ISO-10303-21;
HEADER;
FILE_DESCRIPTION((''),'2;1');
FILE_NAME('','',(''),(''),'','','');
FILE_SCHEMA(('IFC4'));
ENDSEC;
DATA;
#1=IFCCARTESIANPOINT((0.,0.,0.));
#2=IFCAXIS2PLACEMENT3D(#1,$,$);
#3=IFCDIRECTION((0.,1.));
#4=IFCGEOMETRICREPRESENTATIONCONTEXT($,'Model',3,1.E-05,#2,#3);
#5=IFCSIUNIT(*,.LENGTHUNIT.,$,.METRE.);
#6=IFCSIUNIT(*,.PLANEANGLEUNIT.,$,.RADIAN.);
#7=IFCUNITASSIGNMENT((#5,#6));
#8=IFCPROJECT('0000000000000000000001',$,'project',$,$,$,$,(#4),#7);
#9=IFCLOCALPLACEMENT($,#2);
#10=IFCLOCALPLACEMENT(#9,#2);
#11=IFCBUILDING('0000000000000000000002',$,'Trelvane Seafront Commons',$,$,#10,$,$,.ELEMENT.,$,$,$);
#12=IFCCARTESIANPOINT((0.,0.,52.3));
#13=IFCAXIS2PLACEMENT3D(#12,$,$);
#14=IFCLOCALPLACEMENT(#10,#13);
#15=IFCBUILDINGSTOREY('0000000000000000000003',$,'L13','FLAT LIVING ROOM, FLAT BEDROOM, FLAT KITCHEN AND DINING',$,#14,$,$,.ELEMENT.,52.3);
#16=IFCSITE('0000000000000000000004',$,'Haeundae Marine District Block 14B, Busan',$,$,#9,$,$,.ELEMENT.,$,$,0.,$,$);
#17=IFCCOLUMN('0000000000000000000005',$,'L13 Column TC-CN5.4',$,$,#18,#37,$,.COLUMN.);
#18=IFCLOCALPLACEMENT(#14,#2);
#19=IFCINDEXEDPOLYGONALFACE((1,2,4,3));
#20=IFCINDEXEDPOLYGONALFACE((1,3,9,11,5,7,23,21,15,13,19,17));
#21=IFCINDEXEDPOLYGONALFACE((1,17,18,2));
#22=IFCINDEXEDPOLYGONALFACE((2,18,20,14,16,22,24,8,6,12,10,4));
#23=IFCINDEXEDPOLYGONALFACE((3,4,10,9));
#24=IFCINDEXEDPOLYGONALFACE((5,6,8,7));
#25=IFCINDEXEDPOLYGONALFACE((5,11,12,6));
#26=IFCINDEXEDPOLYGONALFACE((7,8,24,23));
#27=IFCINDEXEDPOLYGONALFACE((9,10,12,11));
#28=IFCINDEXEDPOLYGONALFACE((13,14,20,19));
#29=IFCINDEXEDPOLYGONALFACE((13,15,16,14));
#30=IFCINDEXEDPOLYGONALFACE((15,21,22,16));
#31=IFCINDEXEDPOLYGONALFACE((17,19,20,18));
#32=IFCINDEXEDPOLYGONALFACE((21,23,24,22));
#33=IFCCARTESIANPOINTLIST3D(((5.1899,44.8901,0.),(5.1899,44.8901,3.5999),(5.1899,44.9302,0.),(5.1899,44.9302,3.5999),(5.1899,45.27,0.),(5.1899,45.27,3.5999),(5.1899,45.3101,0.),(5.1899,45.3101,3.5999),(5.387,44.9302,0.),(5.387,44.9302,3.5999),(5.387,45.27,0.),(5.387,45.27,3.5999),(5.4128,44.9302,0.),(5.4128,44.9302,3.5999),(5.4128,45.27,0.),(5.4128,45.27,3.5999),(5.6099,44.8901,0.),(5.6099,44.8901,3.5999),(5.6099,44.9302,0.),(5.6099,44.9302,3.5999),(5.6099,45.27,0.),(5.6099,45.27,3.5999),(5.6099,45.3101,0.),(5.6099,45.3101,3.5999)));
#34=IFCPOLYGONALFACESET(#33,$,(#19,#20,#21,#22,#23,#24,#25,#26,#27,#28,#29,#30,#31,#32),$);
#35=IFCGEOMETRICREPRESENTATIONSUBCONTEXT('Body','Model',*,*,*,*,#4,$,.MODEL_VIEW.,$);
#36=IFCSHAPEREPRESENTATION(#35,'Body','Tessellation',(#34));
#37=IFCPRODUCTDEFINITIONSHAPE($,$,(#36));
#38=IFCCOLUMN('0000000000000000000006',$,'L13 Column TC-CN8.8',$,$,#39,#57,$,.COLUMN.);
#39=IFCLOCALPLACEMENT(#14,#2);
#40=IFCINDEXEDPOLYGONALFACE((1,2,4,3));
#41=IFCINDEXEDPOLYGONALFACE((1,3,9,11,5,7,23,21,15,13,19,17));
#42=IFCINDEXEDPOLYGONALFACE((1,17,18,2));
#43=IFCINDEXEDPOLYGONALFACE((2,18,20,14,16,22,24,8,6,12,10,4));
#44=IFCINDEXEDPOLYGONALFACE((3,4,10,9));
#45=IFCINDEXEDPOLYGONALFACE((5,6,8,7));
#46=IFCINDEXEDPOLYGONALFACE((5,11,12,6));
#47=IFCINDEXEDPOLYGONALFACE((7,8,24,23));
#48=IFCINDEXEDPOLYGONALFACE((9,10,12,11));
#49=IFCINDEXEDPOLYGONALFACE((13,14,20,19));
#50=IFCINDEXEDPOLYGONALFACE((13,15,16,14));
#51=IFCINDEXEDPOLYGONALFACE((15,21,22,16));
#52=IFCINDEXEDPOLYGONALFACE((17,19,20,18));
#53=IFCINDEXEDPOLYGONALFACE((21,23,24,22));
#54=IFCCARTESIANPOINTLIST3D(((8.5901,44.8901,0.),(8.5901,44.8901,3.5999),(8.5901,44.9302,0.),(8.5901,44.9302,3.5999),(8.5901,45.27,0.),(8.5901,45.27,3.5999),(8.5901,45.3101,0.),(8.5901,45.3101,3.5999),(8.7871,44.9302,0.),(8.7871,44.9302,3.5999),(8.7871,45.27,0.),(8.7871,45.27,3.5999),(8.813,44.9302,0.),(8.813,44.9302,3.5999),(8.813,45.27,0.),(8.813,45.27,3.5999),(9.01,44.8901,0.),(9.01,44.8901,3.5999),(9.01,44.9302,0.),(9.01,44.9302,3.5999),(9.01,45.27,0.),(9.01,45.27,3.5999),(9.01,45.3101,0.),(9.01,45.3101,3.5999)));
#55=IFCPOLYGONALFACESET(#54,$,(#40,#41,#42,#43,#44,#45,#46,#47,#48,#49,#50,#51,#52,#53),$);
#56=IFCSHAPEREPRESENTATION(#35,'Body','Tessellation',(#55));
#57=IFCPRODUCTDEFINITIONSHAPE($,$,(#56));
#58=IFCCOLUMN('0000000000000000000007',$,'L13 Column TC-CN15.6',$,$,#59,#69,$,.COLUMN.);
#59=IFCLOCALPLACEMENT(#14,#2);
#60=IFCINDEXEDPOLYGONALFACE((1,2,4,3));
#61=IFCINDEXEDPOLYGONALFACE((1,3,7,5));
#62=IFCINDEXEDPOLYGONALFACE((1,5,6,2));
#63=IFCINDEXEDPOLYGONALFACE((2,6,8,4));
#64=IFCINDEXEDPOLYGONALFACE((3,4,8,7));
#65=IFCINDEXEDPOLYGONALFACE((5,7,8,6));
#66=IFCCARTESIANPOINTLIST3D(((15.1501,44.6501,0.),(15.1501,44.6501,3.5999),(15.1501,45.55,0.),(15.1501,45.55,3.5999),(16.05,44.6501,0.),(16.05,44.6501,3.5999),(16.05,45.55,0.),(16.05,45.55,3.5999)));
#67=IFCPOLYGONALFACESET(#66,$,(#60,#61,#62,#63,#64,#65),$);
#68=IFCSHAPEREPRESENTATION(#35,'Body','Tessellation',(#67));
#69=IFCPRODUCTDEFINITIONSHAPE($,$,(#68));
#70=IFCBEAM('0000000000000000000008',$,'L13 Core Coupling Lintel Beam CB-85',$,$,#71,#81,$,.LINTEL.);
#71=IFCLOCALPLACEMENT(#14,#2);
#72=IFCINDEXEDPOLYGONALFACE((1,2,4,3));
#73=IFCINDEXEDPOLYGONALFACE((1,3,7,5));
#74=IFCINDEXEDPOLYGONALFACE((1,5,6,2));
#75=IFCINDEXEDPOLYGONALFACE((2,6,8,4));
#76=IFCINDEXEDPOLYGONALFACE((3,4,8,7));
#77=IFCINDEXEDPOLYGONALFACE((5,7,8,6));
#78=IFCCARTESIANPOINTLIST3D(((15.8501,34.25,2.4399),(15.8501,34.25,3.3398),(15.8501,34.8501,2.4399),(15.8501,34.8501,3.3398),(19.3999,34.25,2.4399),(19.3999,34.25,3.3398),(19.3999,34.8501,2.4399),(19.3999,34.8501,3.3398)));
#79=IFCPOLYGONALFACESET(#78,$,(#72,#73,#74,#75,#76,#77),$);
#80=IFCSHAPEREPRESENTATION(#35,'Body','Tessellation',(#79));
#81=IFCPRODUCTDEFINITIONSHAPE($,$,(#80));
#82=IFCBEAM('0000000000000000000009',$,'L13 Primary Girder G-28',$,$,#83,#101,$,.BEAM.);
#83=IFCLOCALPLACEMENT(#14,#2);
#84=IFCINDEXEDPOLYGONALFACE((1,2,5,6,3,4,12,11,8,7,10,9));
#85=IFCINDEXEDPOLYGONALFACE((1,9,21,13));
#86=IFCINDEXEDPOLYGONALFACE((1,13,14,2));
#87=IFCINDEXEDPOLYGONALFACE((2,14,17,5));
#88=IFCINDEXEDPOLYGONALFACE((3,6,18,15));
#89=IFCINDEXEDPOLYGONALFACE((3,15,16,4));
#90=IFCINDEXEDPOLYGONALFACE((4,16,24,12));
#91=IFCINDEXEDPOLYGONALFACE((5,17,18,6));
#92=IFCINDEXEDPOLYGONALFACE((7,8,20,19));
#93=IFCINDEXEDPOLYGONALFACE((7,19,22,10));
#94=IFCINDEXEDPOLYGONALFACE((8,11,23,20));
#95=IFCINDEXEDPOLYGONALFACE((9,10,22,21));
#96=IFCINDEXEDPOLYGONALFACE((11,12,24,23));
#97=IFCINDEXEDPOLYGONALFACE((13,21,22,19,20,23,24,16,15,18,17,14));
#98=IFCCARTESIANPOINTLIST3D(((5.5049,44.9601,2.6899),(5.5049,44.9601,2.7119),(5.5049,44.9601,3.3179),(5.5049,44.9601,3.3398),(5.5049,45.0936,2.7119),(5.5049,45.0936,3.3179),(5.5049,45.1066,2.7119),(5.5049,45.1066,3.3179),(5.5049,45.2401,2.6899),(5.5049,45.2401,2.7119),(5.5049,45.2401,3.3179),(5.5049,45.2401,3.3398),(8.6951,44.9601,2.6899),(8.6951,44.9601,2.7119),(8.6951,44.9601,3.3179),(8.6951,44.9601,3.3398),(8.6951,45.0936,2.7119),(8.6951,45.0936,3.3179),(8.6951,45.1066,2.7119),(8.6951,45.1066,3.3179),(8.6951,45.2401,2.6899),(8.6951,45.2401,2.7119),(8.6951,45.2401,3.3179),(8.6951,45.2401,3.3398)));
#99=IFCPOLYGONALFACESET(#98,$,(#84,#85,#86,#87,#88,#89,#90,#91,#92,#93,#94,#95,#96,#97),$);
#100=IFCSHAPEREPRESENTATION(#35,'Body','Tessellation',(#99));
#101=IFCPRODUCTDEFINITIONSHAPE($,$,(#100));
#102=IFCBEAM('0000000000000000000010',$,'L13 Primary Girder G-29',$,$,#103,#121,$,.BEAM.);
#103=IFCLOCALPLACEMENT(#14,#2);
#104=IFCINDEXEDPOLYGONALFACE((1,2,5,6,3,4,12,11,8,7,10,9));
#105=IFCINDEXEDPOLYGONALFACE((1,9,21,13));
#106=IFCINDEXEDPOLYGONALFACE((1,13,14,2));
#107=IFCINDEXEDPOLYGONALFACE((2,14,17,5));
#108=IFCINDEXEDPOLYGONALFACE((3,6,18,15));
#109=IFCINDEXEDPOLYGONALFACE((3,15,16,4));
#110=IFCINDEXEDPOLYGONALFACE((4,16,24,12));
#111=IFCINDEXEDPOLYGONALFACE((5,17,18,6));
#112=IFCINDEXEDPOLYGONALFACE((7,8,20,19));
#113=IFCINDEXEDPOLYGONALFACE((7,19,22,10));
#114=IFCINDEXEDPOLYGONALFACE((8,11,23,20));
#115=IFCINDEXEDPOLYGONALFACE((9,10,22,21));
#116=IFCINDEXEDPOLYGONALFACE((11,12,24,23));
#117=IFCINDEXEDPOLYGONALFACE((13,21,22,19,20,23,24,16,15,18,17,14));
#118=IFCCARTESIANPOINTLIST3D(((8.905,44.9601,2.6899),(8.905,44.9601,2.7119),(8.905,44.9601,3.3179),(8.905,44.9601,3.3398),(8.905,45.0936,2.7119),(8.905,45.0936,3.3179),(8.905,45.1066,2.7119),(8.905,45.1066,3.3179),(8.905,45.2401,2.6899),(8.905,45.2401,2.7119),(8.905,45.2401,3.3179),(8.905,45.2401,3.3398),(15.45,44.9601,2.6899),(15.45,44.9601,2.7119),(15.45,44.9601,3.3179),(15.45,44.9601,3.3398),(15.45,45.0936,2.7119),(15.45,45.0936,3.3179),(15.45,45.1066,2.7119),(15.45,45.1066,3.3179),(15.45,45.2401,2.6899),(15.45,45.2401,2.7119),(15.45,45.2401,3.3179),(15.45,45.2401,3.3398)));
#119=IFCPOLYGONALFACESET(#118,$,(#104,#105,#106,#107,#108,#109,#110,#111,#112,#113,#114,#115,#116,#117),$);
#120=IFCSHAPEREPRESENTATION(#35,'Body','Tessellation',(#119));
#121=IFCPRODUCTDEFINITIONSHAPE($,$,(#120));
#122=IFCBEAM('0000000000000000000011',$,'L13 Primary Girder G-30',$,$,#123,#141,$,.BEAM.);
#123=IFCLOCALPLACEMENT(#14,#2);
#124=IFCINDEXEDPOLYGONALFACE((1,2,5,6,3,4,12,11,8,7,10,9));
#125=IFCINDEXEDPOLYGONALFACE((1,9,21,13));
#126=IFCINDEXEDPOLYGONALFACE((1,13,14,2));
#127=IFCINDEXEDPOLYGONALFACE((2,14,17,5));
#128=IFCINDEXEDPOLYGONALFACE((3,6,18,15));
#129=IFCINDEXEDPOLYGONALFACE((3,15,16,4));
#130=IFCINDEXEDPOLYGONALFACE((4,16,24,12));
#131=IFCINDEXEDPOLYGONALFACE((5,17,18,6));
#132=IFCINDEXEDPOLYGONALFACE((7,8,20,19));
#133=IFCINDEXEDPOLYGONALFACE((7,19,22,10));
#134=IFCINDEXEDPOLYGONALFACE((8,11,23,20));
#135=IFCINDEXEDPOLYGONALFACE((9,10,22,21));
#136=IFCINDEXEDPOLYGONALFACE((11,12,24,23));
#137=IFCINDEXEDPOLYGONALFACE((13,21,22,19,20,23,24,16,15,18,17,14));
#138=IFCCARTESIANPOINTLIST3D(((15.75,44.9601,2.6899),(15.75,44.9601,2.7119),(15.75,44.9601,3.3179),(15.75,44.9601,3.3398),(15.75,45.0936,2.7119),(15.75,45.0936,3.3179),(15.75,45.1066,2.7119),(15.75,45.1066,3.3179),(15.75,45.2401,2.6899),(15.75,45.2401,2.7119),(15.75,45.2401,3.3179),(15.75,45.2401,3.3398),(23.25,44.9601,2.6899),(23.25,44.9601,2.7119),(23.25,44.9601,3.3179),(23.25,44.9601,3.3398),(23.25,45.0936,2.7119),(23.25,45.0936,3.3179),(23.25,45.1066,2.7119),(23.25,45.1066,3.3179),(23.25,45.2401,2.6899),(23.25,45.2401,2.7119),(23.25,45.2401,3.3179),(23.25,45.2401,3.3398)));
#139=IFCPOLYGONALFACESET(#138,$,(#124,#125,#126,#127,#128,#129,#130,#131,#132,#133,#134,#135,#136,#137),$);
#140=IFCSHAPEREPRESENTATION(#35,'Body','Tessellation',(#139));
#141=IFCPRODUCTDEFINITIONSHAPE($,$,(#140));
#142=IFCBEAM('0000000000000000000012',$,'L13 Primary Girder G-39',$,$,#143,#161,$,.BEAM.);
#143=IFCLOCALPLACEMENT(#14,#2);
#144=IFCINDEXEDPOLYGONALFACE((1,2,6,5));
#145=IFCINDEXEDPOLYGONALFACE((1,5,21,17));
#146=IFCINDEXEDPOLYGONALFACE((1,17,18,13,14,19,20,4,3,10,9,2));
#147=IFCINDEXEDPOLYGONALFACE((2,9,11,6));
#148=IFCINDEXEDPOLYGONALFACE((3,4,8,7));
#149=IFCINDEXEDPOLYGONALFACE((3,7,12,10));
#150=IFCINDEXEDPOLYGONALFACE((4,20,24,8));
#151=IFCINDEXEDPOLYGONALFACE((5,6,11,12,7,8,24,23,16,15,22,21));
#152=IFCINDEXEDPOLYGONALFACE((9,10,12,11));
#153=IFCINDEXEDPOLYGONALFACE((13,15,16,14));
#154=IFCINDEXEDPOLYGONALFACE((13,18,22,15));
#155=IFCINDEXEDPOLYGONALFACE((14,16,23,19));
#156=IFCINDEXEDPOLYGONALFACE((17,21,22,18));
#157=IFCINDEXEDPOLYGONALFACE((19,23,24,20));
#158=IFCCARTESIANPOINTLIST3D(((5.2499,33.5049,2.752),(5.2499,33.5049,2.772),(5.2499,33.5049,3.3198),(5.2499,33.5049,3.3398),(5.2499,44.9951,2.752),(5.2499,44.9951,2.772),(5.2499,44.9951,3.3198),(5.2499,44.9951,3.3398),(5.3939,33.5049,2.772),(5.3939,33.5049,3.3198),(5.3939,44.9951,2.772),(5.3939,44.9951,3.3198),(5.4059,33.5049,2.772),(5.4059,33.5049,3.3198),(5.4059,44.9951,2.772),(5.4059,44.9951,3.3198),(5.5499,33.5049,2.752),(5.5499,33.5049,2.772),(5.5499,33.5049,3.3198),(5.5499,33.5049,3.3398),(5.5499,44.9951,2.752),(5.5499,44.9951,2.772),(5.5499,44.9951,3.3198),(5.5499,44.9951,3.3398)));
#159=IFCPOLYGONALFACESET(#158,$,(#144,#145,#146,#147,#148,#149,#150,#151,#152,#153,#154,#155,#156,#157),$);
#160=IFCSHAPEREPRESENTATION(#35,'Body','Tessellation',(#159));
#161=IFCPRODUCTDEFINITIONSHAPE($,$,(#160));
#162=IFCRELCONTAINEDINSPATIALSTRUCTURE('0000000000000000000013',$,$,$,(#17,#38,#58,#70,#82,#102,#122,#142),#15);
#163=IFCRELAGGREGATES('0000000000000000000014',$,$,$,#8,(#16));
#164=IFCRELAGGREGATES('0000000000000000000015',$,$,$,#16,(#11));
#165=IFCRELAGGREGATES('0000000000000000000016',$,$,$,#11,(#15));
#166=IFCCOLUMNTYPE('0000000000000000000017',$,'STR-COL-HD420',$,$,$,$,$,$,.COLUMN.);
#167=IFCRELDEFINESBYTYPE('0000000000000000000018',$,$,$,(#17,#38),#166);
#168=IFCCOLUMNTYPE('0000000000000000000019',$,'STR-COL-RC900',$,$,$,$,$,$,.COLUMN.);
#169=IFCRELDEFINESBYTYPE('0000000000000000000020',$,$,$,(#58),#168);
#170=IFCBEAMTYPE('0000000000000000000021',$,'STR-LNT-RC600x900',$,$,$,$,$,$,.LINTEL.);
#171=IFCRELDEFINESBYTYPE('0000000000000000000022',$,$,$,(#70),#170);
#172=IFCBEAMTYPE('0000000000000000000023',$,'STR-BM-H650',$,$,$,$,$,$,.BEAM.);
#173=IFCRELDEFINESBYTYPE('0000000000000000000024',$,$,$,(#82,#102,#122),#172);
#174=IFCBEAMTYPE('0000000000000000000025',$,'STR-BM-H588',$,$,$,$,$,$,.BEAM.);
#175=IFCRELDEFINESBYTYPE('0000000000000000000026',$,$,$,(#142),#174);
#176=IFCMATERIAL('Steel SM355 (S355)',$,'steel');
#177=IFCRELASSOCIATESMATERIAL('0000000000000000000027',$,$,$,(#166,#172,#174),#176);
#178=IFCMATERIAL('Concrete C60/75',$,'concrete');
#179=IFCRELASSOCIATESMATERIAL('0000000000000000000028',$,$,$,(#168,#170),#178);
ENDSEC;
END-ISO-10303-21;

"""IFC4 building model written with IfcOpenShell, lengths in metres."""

from ifc_helpers import new_model, si_unit, direction, frame, origin, origin_2d, place, context, subcontext, project, spatial, rectangle, i_section, extrude, source, transform, mapped, material, material_profile, profile_set, type_object, element, save


model = new_model("IFC4")

# Units and contexts
model_context = context("Model", 3, precision=1e-05, world=origin(), true_north=direction((0.0, 1.0)))
body_context = subcontext(model_context, "Body", "Model", "MODEL_VIEW")
ifc_project = project(units=[si_unit("LENGTHUNIT", "METRE"), si_unit("PLANEANGLEUNIT", "RADIAN")], contexts=[model_context])

# Site, building, storey
site_placement = place(None, origin())
site = spatial("IfcSite", under=ifc_project, at=site_placement, Name="Haeundae Marine District Block 14B, Busan", CompositionType="ELEMENT", RefElevation=0.0)
building_placement = place(site_placement, origin())
building = spatial("IfcBuilding", under=site, at=building_placement, Name="Trelvane Seafront Commons", CompositionType="ELEMENT")
storey_placement = place(building_placement, frame((0.0, 0.0, 52.3)))
storey = spatial("IfcBuildingStorey", under=building, at=storey_placement, Name="L13", Description="FLAT LIVING ROOM, FLAT BEDROOM, FLAT KITCHEN AND DINING", CompositionType="ELEMENT", Elevation=52.3)

# Columns
ifc_material_1 = material(Name="Steel SM355 (S355)", Category="steel")
ifc_material_profile_1 = material_profile(ifc_material_1, i_section(OverallWidth=0.4199, OverallDepth=0.4199, WebThickness=0.0259, FlangeThickness=0.04, at=origin_2d()), Name="HD-420x420x26x40")
ifc_profile_set_1 = profile_set([ifc_material_profile_1], Name="Steel SM355 (S355)")
column_type_1 = type_object("IfcColumnType", Name="STR-COL-HD420", PredefinedType="COLUMN", material=ifc_profile_set_1)
shared_shape_1 = source(origin(), body_context, "Body", "SweptSolid", [
    extrude(i_section(OverallWidth=0.4199, OverallDepth=0.4199, WebThickness=0.0259, FlangeThickness=0.04, at=origin_2d()), origin(), (0.0, 0.0, 1.0), 3.5999),
])
for number, where, z_axis, x_axis, name in (
    (1, (5.3999, 45.1001, 0.0), (0.0, 0.0, 1.0), (1.0, 0.0, 0.0), "L13 Column TC-CN5.4"),
    (2, (8.8, 45.1001, 0.0), (0.0, 0.0, 1.0), (1.0, 0.0, 0.0), "L13 Column TC-CN8.8"),
):
    element("IfcColumn", number, at=place(storey_placement, frame(where, z_axis=z_axis, x_axis=x_axis)), inside=storey, type_object=column_type_1, Name=name, PredefinedType="COLUMN", context=body_context, shape_type="MappedRepresentation", body=[
        mapped(shared_shape_1, transform((0.0, 0.0, 0.0), x_axis=(1.0, 0.0, 0.0), y_axis=(0.0, 1.0, 0.0), z_axis=(0.0, 0.0, 1.0), scale=1.0)),
    ])
ifc_material_2 = material(Name="Concrete C60/75", Category="concrete")
ifc_material_profile_2 = material_profile(ifc_material_2, rectangle(XDim=0.8999, YDim=0.8999, at=origin_2d()), Name="RC-900x900")
ifc_profile_set_2 = profile_set([ifc_material_profile_2], Name="Concrete C60/75")
column_type_2 = type_object("IfcColumnType", Name="STR-COL-RC900", PredefinedType="COLUMN", material=ifc_profile_set_2)
shared_shape_2 = source(origin(), body_context, "Body", "SweptSolid", [
    extrude(rectangle(XDim=0.8999, YDim=0.8999, at=origin_2d()), origin(), (0.0, 0.0, 1.0), 3.5999),
])
column_placement = place(storey_placement, frame((15.6001, 45.1001, 0.0), z_axis=(0.0, 0.0, 1.0), x_axis=(1.0, 0.0, 0.0)))
element("IfcColumn", 3, at=column_placement, inside=storey, type_object=column_type_2, Name="L13 Column TC-CN15.6", PredefinedType="COLUMN", context=body_context, shape_type="MappedRepresentation", body=[
    mapped(shared_shape_2, transform((0.0, 0.0, 0.0), x_axis=(1.0, 0.0, 0.0), y_axis=(0.0, 1.0, 0.0), z_axis=(0.0, 0.0, 1.0), scale=1.0)),
])

# Beams
ifc_material_profile_3 = material_profile(ifc_material_2, rectangle(XDim=0.6001, YDim=0.8999, at=origin_2d()), Name="RC-600x900")
ifc_profile_set_3 = profile_set([ifc_material_profile_3], Name="Concrete C60/75")
beam_type_1 = type_object("IfcBeamType", Name="STR-LNT-RC600x900", PredefinedType="LINTEL", material=ifc_profile_set_3)
shared_shape_3 = source(origin(), body_context, "Body", "SweptSolid", [
    extrude(rectangle(XDim=0.6001, YDim=0.8999, at=origin_2d()), origin(), (0.0, 0.0, 1.0), 3.5498),
])
beam_1_placement = place(storey_placement, frame((15.8501, 34.55, 2.8899), z_axis=(1.0, 0.0, 0.0), x_axis=(0.0, 1.0, 0.0)))
element("IfcBeam", 4, at=beam_1_placement, inside=storey, type_object=beam_type_1, Name="L13 Core Coupling Lintel Beam CB-85", PredefinedType="LINTEL", context=body_context, shape_type="MappedRepresentation", body=[
    mapped(shared_shape_3, transform((0.0, 0.0, 0.0), x_axis=(1.0, 0.0, 0.0), y_axis=(0.0, 1.0, 0.0), z_axis=(0.0, 0.0, 1.0), scale=1.0)),
])
ifc_material_profile_4 = material_profile(ifc_material_1, i_section(OverallWidth=0.28, OverallDepth=0.6499, WebThickness=0.0129, FlangeThickness=0.022, at=origin_2d()), Name="H-650x280x13x22")
ifc_profile_set_4 = profile_set([ifc_material_profile_4], Name="Steel SM355 (S355)")
beam_type_2 = type_object("IfcBeamType", Name="STR-BM-H650", PredefinedType="BEAM", material=ifc_profile_set_4)
shared_shape_4 = source(origin(), body_context, "Body", "SweptSolid", [
    extrude(i_section(OverallWidth=0.28, OverallDepth=0.6499, WebThickness=0.0129, FlangeThickness=0.022, at=origin_2d()), origin(), (0.0, 0.0, 1.0), 3.1902),
])
beam_2_placement = place(storey_placement, frame((5.5049, 45.1001, 3.0149), z_axis=(1.0, 0.0, 0.0), x_axis=(0.0, 1.0, 0.0)))
element("IfcBeam", 5, at=beam_2_placement, inside=storey, type_object=beam_type_2, Name="L13 Primary Girder G-28", PredefinedType="BEAM", context=body_context, shape_type="MappedRepresentation", body=[
    mapped(shared_shape_4, transform((0.0, 0.0, 0.0), x_axis=(1.0, 0.0, 0.0), y_axis=(0.0, 1.0, 0.0), z_axis=(0.0, 0.0, 1.0), scale=1.0)),
])
shared_shape_5 = source(origin(), body_context, "Body", "SweptSolid", [
    extrude(i_section(OverallWidth=0.28, OverallDepth=0.6499, WebThickness=0.0129, FlangeThickness=0.022, at=origin_2d()), origin(), (0.0, 0.0, 1.0), 6.5449),
])
beam_3_placement = place(storey_placement, frame((8.905, 45.1001, 3.0149), z_axis=(1.0, 0.0, 0.0), x_axis=(0.0, 1.0, 0.0)))
element("IfcBeam", 6, at=beam_3_placement, inside=storey, type_object=beam_type_2, Name="L13 Primary Girder G-29", PredefinedType="BEAM", context=body_context, shape_type="MappedRepresentation", body=[
    mapped(shared_shape_5, transform((0.0, 0.0, 0.0), x_axis=(1.0, 0.0, 0.0), y_axis=(0.0, 1.0, 0.0), z_axis=(0.0, 0.0, 1.0), scale=1.0)),
])
shared_shape_6 = source(origin(), body_context, "Body", "SweptSolid", [
    extrude(i_section(OverallWidth=0.28, OverallDepth=0.6499, WebThickness=0.0129, FlangeThickness=0.022, at=origin_2d()), origin(), (0.0, 0.0, 1.0), 7.5),
])
beam_4_placement = place(storey_placement, frame((15.75, 45.1001, 3.0149), z_axis=(1.0, 0.0, 0.0), x_axis=(0.0, 1.0, 0.0)))
element("IfcBeam", 7, at=beam_4_placement, inside=storey, type_object=beam_type_2, Name="L13 Primary Girder G-30", PredefinedType="BEAM", context=body_context, shape_type="MappedRepresentation", body=[
    mapped(shared_shape_6, transform((0.0, 0.0, 0.0), x_axis=(1.0, 0.0, 0.0), y_axis=(0.0, 1.0, 0.0), z_axis=(0.0, 0.0, 1.0), scale=1.0)),
])
ifc_material_profile_5 = material_profile(ifc_material_1, i_section(OverallWidth=0.3, OverallDepth=0.5879, WebThickness=0.012, FlangeThickness=0.02, at=origin_2d()), Name="H-588x300x12x20")
ifc_profile_set_5 = profile_set([ifc_material_profile_5], Name="Steel SM355 (S355)")
beam_type_3 = type_object("IfcBeamType", Name="STR-BM-H588", PredefinedType="BEAM", material=ifc_profile_set_5)
shared_shape_7 = source(origin(), body_context, "Body", "SweptSolid", [
    extrude(i_section(OverallWidth=0.3, OverallDepth=0.5879, WebThickness=0.012, FlangeThickness=0.02, at=origin_2d()), origin(), (0.0, 0.0, 1.0), 11.4902),
])
for number, where, z_axis, x_axis, name in (
    (8, (5.3999, 33.5049, 3.0459), (0.0, 1.0, 0.0), (-1.0, 0.0, 0.0), "L13 Primary Girder G-39"),
):
    element("IfcBeam", number, at=place(storey_placement, frame(where, z_axis=z_axis, x_axis=x_axis)), inside=storey, type_object=beam_type_3, Name=name, PredefinedType="BEAM", context=body_context, shape_type="MappedRepresentation", body=[
        mapped(shared_shape_7, transform((0.0, 0.0, 0.0), x_axis=(1.0, 0.0, 0.0), y_axis=(0.0, 1.0, 0.0), z_axis=(0.0, 0.0, 1.0), scale=1.0)),
    ])

save(model, "model.ifc")
